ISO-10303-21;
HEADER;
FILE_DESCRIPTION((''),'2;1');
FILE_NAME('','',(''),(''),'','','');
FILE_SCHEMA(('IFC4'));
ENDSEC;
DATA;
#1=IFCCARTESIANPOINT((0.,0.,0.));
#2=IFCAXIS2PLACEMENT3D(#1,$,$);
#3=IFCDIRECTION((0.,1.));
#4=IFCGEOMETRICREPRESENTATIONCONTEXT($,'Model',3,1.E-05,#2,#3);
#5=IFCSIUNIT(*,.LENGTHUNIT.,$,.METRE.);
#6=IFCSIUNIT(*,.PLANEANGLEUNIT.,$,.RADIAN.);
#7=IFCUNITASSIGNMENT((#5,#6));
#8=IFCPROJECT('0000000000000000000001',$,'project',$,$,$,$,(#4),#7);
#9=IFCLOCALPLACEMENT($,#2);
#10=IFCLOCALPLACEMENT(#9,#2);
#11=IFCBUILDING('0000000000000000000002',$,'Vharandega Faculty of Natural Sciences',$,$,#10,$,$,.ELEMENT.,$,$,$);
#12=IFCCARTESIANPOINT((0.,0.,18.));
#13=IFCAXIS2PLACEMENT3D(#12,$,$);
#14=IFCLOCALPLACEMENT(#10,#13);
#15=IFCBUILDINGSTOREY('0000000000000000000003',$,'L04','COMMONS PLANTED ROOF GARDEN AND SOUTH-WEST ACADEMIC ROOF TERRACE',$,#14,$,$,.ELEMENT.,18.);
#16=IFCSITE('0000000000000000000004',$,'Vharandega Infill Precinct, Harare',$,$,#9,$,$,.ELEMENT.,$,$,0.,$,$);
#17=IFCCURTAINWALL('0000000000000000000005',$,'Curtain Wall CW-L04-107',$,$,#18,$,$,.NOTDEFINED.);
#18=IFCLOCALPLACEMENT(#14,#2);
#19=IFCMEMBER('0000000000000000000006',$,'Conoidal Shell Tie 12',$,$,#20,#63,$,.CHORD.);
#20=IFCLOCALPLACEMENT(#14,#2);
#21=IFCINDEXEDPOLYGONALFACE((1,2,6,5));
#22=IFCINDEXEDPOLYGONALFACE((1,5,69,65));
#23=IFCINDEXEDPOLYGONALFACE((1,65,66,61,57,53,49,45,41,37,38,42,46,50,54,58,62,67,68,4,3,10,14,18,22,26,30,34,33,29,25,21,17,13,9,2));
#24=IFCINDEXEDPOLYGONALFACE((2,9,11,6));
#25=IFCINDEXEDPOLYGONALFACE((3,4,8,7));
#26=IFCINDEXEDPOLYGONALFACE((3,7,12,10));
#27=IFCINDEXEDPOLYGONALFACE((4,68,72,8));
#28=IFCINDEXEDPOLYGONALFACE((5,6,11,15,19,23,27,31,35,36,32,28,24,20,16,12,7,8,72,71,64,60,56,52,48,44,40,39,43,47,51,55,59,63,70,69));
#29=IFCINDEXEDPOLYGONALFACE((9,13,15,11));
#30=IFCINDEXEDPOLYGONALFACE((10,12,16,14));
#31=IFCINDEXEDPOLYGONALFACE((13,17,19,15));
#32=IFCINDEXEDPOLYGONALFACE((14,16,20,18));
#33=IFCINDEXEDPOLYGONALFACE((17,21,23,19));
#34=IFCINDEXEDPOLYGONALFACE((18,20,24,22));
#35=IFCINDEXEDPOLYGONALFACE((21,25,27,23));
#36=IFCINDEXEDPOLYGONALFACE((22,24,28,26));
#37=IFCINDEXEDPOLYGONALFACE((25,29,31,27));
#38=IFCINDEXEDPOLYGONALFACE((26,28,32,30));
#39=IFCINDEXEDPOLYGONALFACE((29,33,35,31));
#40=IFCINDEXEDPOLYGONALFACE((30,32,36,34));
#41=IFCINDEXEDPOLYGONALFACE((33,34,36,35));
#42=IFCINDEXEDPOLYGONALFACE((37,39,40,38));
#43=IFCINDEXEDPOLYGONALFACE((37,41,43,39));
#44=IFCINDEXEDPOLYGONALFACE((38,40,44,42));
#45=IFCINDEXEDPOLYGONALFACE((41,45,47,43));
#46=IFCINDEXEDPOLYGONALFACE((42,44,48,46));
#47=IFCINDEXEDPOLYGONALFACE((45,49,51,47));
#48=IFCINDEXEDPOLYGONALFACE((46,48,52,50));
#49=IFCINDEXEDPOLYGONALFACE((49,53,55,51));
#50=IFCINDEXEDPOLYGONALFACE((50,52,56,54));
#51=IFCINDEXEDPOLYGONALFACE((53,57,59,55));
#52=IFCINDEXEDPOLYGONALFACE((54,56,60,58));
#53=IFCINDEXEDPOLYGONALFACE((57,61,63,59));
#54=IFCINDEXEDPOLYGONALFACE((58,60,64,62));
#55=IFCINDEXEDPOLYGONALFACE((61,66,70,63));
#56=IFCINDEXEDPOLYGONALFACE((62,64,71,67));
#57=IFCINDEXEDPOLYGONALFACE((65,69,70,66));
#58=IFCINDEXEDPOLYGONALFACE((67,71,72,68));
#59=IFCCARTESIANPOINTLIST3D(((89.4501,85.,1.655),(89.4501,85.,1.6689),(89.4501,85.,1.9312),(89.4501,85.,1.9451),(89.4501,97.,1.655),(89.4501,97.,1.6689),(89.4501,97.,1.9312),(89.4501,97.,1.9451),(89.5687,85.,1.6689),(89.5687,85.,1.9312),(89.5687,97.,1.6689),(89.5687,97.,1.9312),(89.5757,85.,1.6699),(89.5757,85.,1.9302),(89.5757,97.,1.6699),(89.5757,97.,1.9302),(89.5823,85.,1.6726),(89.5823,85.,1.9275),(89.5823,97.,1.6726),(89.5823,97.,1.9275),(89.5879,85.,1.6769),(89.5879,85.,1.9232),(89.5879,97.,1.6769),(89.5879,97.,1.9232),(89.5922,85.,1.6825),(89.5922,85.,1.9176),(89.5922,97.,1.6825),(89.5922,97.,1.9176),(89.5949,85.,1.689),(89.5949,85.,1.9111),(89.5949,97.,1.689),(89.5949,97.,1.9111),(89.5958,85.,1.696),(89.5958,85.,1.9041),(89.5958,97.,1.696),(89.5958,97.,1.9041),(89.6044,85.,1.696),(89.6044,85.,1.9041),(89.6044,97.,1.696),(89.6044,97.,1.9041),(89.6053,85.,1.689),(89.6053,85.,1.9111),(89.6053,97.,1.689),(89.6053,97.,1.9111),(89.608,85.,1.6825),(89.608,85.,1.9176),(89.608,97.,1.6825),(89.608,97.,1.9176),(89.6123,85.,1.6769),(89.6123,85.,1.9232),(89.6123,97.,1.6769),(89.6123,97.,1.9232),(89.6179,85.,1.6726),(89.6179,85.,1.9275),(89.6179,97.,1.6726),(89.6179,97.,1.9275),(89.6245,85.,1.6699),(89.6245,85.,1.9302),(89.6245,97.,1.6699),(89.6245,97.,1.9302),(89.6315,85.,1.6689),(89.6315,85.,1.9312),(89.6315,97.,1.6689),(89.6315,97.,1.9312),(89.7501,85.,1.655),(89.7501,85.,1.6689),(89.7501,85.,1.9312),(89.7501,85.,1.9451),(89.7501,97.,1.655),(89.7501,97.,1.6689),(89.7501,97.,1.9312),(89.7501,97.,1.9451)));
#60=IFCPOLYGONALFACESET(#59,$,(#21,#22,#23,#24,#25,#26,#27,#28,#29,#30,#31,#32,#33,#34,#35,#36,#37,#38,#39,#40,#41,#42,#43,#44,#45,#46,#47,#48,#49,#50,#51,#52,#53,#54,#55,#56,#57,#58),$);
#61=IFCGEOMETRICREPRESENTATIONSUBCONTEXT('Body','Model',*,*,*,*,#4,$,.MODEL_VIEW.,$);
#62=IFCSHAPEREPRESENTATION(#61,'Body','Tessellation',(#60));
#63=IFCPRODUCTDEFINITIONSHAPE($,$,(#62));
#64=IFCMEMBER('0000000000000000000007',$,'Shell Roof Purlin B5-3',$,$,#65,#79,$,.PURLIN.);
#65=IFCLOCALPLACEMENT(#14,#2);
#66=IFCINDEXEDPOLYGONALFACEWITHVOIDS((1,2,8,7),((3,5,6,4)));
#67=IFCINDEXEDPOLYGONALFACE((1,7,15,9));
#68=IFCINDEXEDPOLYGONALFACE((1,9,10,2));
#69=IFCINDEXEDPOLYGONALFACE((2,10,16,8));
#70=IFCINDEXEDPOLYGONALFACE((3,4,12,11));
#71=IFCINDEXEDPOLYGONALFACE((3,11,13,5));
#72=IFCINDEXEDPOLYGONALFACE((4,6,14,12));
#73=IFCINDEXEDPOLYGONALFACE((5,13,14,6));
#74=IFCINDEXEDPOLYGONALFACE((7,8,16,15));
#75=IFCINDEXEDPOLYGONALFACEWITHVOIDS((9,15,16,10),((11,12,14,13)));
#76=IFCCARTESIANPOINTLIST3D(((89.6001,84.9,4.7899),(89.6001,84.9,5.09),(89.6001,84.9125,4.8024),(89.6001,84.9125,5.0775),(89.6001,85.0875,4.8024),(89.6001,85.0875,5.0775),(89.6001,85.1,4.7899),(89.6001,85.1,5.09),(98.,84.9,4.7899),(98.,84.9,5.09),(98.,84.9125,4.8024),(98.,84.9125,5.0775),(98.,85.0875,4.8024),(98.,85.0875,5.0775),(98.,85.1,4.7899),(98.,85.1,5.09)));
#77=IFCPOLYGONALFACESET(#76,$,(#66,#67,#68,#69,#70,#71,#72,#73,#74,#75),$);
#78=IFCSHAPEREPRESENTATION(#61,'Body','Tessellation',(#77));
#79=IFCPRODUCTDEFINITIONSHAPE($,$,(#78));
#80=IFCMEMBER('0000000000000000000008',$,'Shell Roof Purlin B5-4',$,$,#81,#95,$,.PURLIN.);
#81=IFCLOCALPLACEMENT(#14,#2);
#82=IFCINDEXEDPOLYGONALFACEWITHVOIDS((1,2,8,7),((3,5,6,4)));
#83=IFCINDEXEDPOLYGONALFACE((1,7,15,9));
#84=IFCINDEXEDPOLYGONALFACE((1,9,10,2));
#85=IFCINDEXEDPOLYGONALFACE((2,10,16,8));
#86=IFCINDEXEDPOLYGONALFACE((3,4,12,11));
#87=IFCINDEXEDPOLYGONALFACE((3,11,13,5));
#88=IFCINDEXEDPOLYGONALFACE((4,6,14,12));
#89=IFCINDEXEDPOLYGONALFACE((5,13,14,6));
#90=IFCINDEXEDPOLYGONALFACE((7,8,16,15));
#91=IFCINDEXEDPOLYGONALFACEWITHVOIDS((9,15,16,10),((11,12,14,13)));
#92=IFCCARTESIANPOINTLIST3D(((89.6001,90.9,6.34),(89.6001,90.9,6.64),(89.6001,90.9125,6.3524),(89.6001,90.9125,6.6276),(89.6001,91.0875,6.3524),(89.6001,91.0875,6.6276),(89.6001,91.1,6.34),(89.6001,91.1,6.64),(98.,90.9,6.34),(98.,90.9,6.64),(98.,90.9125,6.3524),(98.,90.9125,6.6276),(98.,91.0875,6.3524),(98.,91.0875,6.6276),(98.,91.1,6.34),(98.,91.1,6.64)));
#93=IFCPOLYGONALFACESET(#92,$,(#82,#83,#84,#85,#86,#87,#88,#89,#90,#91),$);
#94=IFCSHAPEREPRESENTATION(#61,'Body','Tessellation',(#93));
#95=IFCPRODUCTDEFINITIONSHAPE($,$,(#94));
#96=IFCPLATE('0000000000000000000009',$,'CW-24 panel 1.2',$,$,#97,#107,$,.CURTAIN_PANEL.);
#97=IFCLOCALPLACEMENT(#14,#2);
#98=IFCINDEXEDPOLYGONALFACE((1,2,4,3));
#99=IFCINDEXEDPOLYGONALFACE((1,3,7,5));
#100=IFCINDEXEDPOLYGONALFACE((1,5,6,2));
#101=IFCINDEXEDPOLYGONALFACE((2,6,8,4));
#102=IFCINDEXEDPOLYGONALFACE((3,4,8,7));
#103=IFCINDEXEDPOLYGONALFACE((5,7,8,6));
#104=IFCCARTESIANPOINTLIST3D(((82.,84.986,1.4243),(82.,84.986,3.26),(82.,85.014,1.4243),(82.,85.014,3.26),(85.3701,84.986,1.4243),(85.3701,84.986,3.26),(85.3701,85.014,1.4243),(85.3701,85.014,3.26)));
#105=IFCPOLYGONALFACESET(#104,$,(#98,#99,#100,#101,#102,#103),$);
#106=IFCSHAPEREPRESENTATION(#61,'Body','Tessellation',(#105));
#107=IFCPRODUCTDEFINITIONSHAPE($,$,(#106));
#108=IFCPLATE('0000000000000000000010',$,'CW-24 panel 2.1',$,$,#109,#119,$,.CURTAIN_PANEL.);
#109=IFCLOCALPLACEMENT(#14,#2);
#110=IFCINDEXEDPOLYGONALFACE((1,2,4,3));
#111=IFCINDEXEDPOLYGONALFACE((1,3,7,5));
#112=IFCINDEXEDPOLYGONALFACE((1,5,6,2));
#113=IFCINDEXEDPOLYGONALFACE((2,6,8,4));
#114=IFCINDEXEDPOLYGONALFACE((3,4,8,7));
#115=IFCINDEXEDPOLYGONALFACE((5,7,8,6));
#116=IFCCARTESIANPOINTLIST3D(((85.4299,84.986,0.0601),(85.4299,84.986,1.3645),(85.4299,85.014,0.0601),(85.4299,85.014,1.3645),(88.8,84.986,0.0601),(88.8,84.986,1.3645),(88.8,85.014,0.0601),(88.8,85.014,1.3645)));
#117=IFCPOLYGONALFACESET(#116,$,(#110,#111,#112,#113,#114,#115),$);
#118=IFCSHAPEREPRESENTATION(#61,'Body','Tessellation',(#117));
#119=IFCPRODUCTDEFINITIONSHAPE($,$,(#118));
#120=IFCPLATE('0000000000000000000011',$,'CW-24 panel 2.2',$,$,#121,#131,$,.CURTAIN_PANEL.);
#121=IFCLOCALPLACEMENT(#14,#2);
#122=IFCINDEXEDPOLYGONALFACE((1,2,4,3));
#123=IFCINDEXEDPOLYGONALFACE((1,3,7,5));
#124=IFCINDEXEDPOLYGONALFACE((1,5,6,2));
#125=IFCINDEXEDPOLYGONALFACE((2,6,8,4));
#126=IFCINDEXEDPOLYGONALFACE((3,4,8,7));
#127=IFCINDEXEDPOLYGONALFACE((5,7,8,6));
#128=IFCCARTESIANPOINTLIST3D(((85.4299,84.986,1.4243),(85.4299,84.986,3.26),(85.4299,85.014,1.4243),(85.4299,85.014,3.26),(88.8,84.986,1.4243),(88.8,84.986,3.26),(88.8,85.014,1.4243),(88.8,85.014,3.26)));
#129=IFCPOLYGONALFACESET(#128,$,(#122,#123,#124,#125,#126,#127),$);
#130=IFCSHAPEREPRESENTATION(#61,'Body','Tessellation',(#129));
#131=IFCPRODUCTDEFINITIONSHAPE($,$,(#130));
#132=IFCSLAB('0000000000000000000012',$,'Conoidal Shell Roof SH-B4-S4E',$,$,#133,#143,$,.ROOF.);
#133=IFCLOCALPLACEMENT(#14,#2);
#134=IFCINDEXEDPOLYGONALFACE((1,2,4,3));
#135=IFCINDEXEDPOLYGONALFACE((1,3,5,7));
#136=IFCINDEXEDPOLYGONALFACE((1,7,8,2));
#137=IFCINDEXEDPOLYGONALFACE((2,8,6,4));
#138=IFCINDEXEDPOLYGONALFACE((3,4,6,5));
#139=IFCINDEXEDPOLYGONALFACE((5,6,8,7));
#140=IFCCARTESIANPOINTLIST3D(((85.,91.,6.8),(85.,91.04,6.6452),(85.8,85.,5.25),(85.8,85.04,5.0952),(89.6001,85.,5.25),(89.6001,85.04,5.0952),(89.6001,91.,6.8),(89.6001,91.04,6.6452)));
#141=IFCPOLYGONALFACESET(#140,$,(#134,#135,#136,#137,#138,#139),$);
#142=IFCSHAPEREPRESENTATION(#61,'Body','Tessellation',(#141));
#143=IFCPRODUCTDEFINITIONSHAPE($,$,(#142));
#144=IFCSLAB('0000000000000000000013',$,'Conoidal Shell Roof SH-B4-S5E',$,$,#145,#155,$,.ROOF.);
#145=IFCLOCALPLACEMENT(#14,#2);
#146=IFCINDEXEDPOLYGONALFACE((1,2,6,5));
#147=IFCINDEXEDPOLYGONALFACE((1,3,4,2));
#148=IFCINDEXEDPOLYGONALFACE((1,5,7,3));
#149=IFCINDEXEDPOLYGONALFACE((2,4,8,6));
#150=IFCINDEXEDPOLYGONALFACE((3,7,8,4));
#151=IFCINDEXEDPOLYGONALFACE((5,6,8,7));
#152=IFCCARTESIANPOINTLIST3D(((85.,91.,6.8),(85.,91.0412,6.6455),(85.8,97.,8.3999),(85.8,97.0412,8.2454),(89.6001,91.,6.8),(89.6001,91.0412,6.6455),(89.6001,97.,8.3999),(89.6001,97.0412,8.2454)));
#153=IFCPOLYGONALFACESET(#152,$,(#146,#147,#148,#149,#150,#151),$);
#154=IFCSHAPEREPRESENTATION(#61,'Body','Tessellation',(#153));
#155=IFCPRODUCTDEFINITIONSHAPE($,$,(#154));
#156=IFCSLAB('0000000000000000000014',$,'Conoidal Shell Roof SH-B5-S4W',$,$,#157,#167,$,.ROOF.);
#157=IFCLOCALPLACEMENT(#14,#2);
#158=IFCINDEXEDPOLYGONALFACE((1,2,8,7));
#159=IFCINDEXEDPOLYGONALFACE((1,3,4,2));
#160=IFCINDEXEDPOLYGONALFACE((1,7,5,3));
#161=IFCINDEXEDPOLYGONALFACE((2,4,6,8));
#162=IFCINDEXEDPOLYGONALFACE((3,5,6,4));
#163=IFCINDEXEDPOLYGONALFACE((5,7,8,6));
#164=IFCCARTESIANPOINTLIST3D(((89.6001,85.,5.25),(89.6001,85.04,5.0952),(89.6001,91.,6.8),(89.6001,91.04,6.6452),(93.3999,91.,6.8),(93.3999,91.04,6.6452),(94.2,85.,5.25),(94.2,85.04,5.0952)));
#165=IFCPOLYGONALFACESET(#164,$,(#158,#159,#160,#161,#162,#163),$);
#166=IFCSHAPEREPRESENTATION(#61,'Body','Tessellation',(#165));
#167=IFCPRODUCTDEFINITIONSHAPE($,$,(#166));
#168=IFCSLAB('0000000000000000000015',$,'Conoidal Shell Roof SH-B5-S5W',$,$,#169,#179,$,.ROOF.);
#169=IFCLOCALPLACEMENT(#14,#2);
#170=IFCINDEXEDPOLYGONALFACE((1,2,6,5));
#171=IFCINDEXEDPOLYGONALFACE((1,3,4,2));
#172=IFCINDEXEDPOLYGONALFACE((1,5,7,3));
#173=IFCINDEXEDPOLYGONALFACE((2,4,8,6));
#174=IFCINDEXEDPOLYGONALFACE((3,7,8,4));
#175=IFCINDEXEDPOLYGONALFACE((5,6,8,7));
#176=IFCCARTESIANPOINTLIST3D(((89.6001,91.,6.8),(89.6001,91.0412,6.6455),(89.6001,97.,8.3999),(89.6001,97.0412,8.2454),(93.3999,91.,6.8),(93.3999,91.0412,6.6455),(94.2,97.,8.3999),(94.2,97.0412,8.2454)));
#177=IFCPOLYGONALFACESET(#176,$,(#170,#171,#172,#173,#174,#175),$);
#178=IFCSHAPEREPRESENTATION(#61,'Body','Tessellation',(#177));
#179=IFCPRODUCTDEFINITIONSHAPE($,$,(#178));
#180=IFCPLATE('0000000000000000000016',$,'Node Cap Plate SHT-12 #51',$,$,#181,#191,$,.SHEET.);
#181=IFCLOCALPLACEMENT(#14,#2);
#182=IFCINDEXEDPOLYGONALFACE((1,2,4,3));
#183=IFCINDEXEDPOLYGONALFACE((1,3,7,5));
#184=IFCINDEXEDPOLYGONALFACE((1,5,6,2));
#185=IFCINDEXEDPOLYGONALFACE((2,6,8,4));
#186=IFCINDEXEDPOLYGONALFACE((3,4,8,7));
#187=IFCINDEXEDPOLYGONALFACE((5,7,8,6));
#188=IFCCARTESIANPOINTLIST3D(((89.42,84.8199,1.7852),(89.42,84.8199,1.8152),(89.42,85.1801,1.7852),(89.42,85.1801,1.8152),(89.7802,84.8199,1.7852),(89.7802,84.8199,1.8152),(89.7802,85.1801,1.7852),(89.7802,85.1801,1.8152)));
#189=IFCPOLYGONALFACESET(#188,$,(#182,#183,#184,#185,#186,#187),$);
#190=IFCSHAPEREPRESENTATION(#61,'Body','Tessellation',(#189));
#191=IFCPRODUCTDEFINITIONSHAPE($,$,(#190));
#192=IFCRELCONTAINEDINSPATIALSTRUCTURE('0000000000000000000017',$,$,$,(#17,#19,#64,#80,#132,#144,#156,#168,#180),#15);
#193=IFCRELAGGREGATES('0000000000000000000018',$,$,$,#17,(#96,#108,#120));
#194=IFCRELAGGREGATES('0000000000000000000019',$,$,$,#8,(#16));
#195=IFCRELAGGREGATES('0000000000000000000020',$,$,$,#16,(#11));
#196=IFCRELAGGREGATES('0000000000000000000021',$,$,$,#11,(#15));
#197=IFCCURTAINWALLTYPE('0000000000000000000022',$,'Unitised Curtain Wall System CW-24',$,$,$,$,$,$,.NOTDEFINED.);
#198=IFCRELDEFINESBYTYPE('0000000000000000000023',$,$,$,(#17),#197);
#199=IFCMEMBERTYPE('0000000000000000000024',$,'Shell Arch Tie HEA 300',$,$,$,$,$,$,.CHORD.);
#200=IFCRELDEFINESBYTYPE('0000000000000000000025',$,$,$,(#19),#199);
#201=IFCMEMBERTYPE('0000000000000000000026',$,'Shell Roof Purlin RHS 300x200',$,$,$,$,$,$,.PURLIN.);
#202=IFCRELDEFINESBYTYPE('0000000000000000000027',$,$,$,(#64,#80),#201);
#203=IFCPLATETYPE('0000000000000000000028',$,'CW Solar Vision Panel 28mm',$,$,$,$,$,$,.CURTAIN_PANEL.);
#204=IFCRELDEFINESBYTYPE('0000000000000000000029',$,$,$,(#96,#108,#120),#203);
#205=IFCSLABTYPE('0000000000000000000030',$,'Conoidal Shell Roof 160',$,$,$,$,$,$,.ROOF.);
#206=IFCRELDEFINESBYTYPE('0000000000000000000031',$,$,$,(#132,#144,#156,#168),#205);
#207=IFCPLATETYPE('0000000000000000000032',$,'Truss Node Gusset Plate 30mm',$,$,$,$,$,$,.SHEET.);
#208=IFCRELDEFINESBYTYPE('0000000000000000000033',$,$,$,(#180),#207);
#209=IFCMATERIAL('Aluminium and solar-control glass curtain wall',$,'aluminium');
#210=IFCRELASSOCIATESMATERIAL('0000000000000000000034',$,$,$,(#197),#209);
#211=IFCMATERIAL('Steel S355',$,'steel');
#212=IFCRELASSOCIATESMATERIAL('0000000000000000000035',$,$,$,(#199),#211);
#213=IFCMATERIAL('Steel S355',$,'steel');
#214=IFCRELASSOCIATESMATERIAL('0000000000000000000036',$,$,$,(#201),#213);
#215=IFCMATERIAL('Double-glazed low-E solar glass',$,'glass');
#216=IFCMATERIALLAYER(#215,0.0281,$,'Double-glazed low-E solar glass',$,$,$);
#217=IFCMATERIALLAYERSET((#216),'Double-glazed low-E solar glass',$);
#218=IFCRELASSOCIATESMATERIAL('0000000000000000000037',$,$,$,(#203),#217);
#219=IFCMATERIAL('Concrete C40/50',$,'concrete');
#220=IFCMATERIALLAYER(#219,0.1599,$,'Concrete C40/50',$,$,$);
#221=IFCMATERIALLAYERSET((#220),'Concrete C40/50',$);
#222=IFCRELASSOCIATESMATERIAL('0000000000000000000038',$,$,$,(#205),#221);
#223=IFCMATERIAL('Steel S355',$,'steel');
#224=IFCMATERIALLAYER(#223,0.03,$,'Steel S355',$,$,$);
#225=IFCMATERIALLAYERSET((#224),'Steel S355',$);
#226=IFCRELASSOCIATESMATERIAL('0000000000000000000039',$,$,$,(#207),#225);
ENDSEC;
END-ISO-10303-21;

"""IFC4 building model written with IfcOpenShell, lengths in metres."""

from ifc_helpers import new_model, si_unit, direction, frame, origin, origin_2d, place, context, subcontext, project, spatial, polyline, rectangle, hollow_rectangle, i_section, outline, extrude, material, layer, layer_set, material_profile, profile_set, type_object, element, aggregate, save


model = new_model("IFC4")

# Units and contexts
model_context = context("Model", 3, precision=1e-05, world=origin(), true_north=direction((0.0, 1.0)))
body_context = subcontext(model_context, "Body", "Model", "MODEL_VIEW")
ifc_project = project(units=[si_unit("LENGTHUNIT", "METRE"), si_unit("PLANEANGLEUNIT", "RADIAN")], contexts=[model_context])

# Site, building, storey
site_placement = place(None, origin())
site = spatial("IfcSite", under=ifc_project, at=site_placement, Name="Vharandega Infill Precinct, Harare", CompositionType="ELEMENT", RefElevation=0.0)
building_placement = place(site_placement, origin())
building = spatial("IfcBuilding", under=site, at=building_placement, Name="Vharandega Faculty of Natural Sciences", CompositionType="ELEMENT")
storey_placement = place(building_placement, frame((0.0, 0.0, 18.0)))
storey = spatial("IfcBuildingStorey", under=building, at=storey_placement, Name="L04", Description="COMMONS PLANTED ROOF GARDEN AND SOUTH-WEST ACADEMIC ROOF TERRACE", CompositionType="ELEMENT", Elevation=18.0)

# Curtain wall
ifc_material_1 = material(Name="Aluminium and solar-control glass curtain wall", Category="aluminium")
curtain_wall_type = type_object("IfcCurtainWallType", Name="Unitised Curtain Wall System CW-24", PredefinedType="NOTDEFINED", material=ifc_material_1)
curtain_wall_placement = place(storey_placement, origin())
curtain_wall = element("IfcCurtainWall", 1, at=curtain_wall_placement, inside=storey, type_object=curtain_wall_type, Name="Curtain Wall CW-L04-107", PredefinedType="NOTDEFINED")

# Members
ifc_material_2 = material(Name="Steel S355", Category="steel")
ifc_material_profile_1 = material_profile(ifc_material_2, i_section(OverallWidth=0.3, OverallDepth=0.29, WebThickness=0.0085, FlangeThickness=0.0139, FilletRadius=0.0271, at=origin_2d()), Name="HEA 300")
ifc_profile_set_1 = profile_set([ifc_material_profile_1], Name="Steel S355")
member_type_1 = type_object("IfcMemberType", Name="Shell Arch Tie HEA 300", PredefinedType="CHORD", material=ifc_profile_set_1)
member_1_placement = place(storey_placement, frame((89.6001, 85.0, 1.8), z_axis=(0.0, 1.0, 0.0), x_axis=(-1.0, 0.0, 0.0)))
element("IfcMember", 2, at=member_1_placement, inside=storey, type_object=member_type_1, Name="Conoidal Shell Tie 12", PredefinedType="CHORD", context=body_context, shape_type="SweptSolid", body=[
    extrude(i_section(OverallWidth=0.3, OverallDepth=0.29, WebThickness=0.0085, FlangeThickness=0.0139, FilletRadius=0.0271, at=origin_2d()), origin(), (0.0, 0.0, 1.0), 12.0),
])
ifc_material_3 = material(Name="Steel S355", Category="steel")
ifc_material_profile_2 = material_profile(ifc_material_3, hollow_rectangle(XDim=0.2, YDim=0.3, WallThickness=0.0125, at=origin_2d()), Name="RHS 300x200x12.5")
ifc_profile_set_2 = profile_set([ifc_material_profile_2], Name="Steel S355")
member_type_2 = type_object("IfcMemberType", Name="Shell Roof Purlin RHS 300x200", PredefinedType="PURLIN", material=ifc_profile_set_2)
for number, where, z_axis, x_axis, name in (
    (3, (89.6001, 85.0, 4.9399), (1.0, 0.0, 0.0), (0.0, 1.0, 0.0), "Shell Roof Purlin B5-3"),
    (4, (89.6001, 91.0, 6.49), (1.0, 0.0, 0.0), (0.0, 1.0, 0.0), "Shell Roof Purlin B5-4"),
):
    element("IfcMember", number, at=place(storey_placement, frame(where, z_axis=z_axis, x_axis=x_axis)), inside=storey, type_object=member_type_2, Name=name, PredefinedType="PURLIN", context=body_context, shape_type="SweptSolid", body=[
        extrude(hollow_rectangle(XDim=0.2, YDim=0.3, WallThickness=0.0125, at=origin_2d()), origin(), (0.0, 0.0, 1.0), 8.3999),
    ])

# Plates
ifc_material_4 = material(Name="Double-glazed low-E solar glass", Category="glass")
ifc_layer_1 = layer(ifc_material_4, 0.0281, Name="Double-glazed low-E solar glass")
ifc_layer_set_1 = layer_set([ifc_layer_1], Name="Double-glazed low-E solar glass")
plate_type_1 = type_object("IfcPlateType", Name="CW Solar Vision Panel 28mm", PredefinedType="CURTAIN_PANEL", material=ifc_layer_set_1)
plate_1_placement = place(storey_placement, frame((83.6851, 85.0, 1.4243), z_axis=(0.0, 0.0, 1.0), x_axis=(1.0, 0.0, 0.0)))
plate_1 = element("IfcPlate", 5, at=plate_1_placement, type_object=plate_type_1, Name="CW-24 panel 1.2", PredefinedType="CURTAIN_PANEL", context=body_context, shape_type="SweptSolid", body=[
    extrude(rectangle(XDim=3.3701, YDim=0.0281, at=origin_2d()), origin(), (0.0, 0.0, 1.0), 1.8357),
])
plate_2_placement = place(storey_placement, frame((87.115, 85.0, 0.0601), z_axis=(0.0, 0.0, 1.0), x_axis=(1.0, 0.0, 0.0)))
plate_2 = element("IfcPlate", 6, at=plate_2_placement, type_object=plate_type_1, Name="CW-24 panel 2.1", PredefinedType="CURTAIN_PANEL", context=body_context, shape_type="SweptSolid", body=[
    extrude(rectangle(XDim=3.3701, YDim=0.0281, at=origin_2d()), origin(), (0.0, 0.0, 1.0), 1.3044),
])
plate_3_placement = place(storey_placement, frame((87.115, 85.0, 1.4243), z_axis=(0.0, 0.0, 1.0), x_axis=(1.0, 0.0, 0.0)))
plate_3 = element("IfcPlate", 7, at=plate_3_placement, type_object=plate_type_1, Name="CW-24 panel 2.2", PredefinedType="CURTAIN_PANEL", context=body_context, shape_type="SweptSolid", body=[
    extrude(rectangle(XDim=3.3701, YDim=0.0281, at=origin_2d()), origin(), (0.0, 0.0, 1.0), 1.8357),
])
aggregate(curtain_wall, [plate_1, plate_2, plate_3])

# Slabs
ifc_material_5 = material(Name="Concrete C40/50", Category="concrete")
ifc_layer_2 = layer(ifc_material_5, 0.1599, Name="Concrete C40/50")
ifc_layer_set_2 = layer_set([ifc_layer_2], Name="Concrete C40/50")
slab_type = type_object("IfcSlabType", Name="Conoidal Shell Roof 160", PredefinedType="ROOF", material=ifc_layer_set_2)
slab_1_placement = place(storey_placement, frame((85.8, 85.0, 5.25), z_axis=(0.0, -0.250129, 0.968212), x_axis=(1.0, 0.0, 0.0)))
element("IfcSlab", 8, at=slab_1_placement, inside=storey, type_object=slab_type, Name="Conoidal Shell Roof SH-B4-S4E", PredefinedType="ROOF", context=body_context, shape_type="SweptSolid", body=[
    extrude(outline(polyline([(0.0, 0.0), (3.8, 0.0), (3.8, 6.197), (-0.8, 6.197), (0.0, 0.0)])), origin(), (0.0, 0.0, -1.0), 0.1599),
])
slab_2_placement = place(storey_placement, frame((85.0, 91.0, 6.8), z_axis=(0.0, -0.257641, 0.966241), x_axis=(1.0, 0.0, 0.0)))
element("IfcSlab", 9, at=slab_2_placement, inside=storey, type_object=slab_type, Name="Conoidal Shell Roof SH-B4-S5E", PredefinedType="ROOF", context=body_context, shape_type="SweptSolid", body=[
    extrude(outline(polyline([(0.0, 0.0), (4.6001, 0.0), (4.6001, 6.2096), (0.8, 6.2096), (0.0, 0.0)])), origin(), (0.0, 0.0, -1.0), 0.1599),
])
slab_3_placement = place(storey_placement, frame((89.6001, 85.0, 5.25), z_axis=(0.0, -0.250129, 0.968212), x_axis=(1.0, 0.0, 0.0)))
element("IfcSlab", 10, at=slab_3_placement, inside=storey, type_object=slab_type, Name="Conoidal Shell Roof SH-B5-S4W", PredefinedType="ROOF", context=body_context, shape_type="SweptSolid", body=[
    extrude(outline(polyline([(0.0, 0.0), (4.5999, 0.0), (3.7998, 6.197), (0.0, 6.197), (0.0, 0.0)])), origin(), (0.0, 0.0, -1.0), 0.1599),
])
slab_4_placement = place(storey_placement, frame((89.6001, 91.0, 6.8), z_axis=(0.0, -0.257641, 0.966241), x_axis=(1.0, 0.0, 0.0)))
element("IfcSlab", 11, at=slab_4_placement, inside=storey, type_object=slab_type, Name="Conoidal Shell Roof SH-B5-S5W", PredefinedType="ROOF", context=body_context, shape_type="SweptSolid", body=[
    extrude(outline(polyline([(0.0, 0.0), (3.7998, 0.0), (4.5999, 6.2096), (0.0, 6.2096), (0.0, 0.0)])), origin(), (0.0, 0.0, -1.0), 0.1599),
])

# Plate
ifc_material_6 = material(Name="Steel S355", Category="steel")
ifc_layer_3 = layer(ifc_material_6, 0.03, Name="Steel S355")
ifc_layer_set_3 = layer_set([ifc_layer_3], Name="Steel S355")
plate_type_2 = type_object("IfcPlateType", Name="Truss Node Gusset Plate 30mm", PredefinedType="SHEET", material=ifc_layer_set_3)
for number, where, z_axis, x_axis, name in (
    (12, (89.6001, 85.0, 1.7852), (0.0, 0.0, 1.0), (1.0, 0.0, 0.0), "Node Cap Plate SHT-12 #51"),
):
    element("IfcPlate", number, at=place(storey_placement, frame(where, z_axis=z_axis, x_axis=x_axis)), inside=storey, type_object=plate_type_2, Name=name, PredefinedType="SHEET", context=body_context, shape_type="SweptSolid", body=[
        extrude(rectangle(XDim=0.3601, YDim=0.3601, at=origin_2d()), origin(), (0.0, 0.0, 1.0), 0.03),
    ])

save(model, "model.ifc")
